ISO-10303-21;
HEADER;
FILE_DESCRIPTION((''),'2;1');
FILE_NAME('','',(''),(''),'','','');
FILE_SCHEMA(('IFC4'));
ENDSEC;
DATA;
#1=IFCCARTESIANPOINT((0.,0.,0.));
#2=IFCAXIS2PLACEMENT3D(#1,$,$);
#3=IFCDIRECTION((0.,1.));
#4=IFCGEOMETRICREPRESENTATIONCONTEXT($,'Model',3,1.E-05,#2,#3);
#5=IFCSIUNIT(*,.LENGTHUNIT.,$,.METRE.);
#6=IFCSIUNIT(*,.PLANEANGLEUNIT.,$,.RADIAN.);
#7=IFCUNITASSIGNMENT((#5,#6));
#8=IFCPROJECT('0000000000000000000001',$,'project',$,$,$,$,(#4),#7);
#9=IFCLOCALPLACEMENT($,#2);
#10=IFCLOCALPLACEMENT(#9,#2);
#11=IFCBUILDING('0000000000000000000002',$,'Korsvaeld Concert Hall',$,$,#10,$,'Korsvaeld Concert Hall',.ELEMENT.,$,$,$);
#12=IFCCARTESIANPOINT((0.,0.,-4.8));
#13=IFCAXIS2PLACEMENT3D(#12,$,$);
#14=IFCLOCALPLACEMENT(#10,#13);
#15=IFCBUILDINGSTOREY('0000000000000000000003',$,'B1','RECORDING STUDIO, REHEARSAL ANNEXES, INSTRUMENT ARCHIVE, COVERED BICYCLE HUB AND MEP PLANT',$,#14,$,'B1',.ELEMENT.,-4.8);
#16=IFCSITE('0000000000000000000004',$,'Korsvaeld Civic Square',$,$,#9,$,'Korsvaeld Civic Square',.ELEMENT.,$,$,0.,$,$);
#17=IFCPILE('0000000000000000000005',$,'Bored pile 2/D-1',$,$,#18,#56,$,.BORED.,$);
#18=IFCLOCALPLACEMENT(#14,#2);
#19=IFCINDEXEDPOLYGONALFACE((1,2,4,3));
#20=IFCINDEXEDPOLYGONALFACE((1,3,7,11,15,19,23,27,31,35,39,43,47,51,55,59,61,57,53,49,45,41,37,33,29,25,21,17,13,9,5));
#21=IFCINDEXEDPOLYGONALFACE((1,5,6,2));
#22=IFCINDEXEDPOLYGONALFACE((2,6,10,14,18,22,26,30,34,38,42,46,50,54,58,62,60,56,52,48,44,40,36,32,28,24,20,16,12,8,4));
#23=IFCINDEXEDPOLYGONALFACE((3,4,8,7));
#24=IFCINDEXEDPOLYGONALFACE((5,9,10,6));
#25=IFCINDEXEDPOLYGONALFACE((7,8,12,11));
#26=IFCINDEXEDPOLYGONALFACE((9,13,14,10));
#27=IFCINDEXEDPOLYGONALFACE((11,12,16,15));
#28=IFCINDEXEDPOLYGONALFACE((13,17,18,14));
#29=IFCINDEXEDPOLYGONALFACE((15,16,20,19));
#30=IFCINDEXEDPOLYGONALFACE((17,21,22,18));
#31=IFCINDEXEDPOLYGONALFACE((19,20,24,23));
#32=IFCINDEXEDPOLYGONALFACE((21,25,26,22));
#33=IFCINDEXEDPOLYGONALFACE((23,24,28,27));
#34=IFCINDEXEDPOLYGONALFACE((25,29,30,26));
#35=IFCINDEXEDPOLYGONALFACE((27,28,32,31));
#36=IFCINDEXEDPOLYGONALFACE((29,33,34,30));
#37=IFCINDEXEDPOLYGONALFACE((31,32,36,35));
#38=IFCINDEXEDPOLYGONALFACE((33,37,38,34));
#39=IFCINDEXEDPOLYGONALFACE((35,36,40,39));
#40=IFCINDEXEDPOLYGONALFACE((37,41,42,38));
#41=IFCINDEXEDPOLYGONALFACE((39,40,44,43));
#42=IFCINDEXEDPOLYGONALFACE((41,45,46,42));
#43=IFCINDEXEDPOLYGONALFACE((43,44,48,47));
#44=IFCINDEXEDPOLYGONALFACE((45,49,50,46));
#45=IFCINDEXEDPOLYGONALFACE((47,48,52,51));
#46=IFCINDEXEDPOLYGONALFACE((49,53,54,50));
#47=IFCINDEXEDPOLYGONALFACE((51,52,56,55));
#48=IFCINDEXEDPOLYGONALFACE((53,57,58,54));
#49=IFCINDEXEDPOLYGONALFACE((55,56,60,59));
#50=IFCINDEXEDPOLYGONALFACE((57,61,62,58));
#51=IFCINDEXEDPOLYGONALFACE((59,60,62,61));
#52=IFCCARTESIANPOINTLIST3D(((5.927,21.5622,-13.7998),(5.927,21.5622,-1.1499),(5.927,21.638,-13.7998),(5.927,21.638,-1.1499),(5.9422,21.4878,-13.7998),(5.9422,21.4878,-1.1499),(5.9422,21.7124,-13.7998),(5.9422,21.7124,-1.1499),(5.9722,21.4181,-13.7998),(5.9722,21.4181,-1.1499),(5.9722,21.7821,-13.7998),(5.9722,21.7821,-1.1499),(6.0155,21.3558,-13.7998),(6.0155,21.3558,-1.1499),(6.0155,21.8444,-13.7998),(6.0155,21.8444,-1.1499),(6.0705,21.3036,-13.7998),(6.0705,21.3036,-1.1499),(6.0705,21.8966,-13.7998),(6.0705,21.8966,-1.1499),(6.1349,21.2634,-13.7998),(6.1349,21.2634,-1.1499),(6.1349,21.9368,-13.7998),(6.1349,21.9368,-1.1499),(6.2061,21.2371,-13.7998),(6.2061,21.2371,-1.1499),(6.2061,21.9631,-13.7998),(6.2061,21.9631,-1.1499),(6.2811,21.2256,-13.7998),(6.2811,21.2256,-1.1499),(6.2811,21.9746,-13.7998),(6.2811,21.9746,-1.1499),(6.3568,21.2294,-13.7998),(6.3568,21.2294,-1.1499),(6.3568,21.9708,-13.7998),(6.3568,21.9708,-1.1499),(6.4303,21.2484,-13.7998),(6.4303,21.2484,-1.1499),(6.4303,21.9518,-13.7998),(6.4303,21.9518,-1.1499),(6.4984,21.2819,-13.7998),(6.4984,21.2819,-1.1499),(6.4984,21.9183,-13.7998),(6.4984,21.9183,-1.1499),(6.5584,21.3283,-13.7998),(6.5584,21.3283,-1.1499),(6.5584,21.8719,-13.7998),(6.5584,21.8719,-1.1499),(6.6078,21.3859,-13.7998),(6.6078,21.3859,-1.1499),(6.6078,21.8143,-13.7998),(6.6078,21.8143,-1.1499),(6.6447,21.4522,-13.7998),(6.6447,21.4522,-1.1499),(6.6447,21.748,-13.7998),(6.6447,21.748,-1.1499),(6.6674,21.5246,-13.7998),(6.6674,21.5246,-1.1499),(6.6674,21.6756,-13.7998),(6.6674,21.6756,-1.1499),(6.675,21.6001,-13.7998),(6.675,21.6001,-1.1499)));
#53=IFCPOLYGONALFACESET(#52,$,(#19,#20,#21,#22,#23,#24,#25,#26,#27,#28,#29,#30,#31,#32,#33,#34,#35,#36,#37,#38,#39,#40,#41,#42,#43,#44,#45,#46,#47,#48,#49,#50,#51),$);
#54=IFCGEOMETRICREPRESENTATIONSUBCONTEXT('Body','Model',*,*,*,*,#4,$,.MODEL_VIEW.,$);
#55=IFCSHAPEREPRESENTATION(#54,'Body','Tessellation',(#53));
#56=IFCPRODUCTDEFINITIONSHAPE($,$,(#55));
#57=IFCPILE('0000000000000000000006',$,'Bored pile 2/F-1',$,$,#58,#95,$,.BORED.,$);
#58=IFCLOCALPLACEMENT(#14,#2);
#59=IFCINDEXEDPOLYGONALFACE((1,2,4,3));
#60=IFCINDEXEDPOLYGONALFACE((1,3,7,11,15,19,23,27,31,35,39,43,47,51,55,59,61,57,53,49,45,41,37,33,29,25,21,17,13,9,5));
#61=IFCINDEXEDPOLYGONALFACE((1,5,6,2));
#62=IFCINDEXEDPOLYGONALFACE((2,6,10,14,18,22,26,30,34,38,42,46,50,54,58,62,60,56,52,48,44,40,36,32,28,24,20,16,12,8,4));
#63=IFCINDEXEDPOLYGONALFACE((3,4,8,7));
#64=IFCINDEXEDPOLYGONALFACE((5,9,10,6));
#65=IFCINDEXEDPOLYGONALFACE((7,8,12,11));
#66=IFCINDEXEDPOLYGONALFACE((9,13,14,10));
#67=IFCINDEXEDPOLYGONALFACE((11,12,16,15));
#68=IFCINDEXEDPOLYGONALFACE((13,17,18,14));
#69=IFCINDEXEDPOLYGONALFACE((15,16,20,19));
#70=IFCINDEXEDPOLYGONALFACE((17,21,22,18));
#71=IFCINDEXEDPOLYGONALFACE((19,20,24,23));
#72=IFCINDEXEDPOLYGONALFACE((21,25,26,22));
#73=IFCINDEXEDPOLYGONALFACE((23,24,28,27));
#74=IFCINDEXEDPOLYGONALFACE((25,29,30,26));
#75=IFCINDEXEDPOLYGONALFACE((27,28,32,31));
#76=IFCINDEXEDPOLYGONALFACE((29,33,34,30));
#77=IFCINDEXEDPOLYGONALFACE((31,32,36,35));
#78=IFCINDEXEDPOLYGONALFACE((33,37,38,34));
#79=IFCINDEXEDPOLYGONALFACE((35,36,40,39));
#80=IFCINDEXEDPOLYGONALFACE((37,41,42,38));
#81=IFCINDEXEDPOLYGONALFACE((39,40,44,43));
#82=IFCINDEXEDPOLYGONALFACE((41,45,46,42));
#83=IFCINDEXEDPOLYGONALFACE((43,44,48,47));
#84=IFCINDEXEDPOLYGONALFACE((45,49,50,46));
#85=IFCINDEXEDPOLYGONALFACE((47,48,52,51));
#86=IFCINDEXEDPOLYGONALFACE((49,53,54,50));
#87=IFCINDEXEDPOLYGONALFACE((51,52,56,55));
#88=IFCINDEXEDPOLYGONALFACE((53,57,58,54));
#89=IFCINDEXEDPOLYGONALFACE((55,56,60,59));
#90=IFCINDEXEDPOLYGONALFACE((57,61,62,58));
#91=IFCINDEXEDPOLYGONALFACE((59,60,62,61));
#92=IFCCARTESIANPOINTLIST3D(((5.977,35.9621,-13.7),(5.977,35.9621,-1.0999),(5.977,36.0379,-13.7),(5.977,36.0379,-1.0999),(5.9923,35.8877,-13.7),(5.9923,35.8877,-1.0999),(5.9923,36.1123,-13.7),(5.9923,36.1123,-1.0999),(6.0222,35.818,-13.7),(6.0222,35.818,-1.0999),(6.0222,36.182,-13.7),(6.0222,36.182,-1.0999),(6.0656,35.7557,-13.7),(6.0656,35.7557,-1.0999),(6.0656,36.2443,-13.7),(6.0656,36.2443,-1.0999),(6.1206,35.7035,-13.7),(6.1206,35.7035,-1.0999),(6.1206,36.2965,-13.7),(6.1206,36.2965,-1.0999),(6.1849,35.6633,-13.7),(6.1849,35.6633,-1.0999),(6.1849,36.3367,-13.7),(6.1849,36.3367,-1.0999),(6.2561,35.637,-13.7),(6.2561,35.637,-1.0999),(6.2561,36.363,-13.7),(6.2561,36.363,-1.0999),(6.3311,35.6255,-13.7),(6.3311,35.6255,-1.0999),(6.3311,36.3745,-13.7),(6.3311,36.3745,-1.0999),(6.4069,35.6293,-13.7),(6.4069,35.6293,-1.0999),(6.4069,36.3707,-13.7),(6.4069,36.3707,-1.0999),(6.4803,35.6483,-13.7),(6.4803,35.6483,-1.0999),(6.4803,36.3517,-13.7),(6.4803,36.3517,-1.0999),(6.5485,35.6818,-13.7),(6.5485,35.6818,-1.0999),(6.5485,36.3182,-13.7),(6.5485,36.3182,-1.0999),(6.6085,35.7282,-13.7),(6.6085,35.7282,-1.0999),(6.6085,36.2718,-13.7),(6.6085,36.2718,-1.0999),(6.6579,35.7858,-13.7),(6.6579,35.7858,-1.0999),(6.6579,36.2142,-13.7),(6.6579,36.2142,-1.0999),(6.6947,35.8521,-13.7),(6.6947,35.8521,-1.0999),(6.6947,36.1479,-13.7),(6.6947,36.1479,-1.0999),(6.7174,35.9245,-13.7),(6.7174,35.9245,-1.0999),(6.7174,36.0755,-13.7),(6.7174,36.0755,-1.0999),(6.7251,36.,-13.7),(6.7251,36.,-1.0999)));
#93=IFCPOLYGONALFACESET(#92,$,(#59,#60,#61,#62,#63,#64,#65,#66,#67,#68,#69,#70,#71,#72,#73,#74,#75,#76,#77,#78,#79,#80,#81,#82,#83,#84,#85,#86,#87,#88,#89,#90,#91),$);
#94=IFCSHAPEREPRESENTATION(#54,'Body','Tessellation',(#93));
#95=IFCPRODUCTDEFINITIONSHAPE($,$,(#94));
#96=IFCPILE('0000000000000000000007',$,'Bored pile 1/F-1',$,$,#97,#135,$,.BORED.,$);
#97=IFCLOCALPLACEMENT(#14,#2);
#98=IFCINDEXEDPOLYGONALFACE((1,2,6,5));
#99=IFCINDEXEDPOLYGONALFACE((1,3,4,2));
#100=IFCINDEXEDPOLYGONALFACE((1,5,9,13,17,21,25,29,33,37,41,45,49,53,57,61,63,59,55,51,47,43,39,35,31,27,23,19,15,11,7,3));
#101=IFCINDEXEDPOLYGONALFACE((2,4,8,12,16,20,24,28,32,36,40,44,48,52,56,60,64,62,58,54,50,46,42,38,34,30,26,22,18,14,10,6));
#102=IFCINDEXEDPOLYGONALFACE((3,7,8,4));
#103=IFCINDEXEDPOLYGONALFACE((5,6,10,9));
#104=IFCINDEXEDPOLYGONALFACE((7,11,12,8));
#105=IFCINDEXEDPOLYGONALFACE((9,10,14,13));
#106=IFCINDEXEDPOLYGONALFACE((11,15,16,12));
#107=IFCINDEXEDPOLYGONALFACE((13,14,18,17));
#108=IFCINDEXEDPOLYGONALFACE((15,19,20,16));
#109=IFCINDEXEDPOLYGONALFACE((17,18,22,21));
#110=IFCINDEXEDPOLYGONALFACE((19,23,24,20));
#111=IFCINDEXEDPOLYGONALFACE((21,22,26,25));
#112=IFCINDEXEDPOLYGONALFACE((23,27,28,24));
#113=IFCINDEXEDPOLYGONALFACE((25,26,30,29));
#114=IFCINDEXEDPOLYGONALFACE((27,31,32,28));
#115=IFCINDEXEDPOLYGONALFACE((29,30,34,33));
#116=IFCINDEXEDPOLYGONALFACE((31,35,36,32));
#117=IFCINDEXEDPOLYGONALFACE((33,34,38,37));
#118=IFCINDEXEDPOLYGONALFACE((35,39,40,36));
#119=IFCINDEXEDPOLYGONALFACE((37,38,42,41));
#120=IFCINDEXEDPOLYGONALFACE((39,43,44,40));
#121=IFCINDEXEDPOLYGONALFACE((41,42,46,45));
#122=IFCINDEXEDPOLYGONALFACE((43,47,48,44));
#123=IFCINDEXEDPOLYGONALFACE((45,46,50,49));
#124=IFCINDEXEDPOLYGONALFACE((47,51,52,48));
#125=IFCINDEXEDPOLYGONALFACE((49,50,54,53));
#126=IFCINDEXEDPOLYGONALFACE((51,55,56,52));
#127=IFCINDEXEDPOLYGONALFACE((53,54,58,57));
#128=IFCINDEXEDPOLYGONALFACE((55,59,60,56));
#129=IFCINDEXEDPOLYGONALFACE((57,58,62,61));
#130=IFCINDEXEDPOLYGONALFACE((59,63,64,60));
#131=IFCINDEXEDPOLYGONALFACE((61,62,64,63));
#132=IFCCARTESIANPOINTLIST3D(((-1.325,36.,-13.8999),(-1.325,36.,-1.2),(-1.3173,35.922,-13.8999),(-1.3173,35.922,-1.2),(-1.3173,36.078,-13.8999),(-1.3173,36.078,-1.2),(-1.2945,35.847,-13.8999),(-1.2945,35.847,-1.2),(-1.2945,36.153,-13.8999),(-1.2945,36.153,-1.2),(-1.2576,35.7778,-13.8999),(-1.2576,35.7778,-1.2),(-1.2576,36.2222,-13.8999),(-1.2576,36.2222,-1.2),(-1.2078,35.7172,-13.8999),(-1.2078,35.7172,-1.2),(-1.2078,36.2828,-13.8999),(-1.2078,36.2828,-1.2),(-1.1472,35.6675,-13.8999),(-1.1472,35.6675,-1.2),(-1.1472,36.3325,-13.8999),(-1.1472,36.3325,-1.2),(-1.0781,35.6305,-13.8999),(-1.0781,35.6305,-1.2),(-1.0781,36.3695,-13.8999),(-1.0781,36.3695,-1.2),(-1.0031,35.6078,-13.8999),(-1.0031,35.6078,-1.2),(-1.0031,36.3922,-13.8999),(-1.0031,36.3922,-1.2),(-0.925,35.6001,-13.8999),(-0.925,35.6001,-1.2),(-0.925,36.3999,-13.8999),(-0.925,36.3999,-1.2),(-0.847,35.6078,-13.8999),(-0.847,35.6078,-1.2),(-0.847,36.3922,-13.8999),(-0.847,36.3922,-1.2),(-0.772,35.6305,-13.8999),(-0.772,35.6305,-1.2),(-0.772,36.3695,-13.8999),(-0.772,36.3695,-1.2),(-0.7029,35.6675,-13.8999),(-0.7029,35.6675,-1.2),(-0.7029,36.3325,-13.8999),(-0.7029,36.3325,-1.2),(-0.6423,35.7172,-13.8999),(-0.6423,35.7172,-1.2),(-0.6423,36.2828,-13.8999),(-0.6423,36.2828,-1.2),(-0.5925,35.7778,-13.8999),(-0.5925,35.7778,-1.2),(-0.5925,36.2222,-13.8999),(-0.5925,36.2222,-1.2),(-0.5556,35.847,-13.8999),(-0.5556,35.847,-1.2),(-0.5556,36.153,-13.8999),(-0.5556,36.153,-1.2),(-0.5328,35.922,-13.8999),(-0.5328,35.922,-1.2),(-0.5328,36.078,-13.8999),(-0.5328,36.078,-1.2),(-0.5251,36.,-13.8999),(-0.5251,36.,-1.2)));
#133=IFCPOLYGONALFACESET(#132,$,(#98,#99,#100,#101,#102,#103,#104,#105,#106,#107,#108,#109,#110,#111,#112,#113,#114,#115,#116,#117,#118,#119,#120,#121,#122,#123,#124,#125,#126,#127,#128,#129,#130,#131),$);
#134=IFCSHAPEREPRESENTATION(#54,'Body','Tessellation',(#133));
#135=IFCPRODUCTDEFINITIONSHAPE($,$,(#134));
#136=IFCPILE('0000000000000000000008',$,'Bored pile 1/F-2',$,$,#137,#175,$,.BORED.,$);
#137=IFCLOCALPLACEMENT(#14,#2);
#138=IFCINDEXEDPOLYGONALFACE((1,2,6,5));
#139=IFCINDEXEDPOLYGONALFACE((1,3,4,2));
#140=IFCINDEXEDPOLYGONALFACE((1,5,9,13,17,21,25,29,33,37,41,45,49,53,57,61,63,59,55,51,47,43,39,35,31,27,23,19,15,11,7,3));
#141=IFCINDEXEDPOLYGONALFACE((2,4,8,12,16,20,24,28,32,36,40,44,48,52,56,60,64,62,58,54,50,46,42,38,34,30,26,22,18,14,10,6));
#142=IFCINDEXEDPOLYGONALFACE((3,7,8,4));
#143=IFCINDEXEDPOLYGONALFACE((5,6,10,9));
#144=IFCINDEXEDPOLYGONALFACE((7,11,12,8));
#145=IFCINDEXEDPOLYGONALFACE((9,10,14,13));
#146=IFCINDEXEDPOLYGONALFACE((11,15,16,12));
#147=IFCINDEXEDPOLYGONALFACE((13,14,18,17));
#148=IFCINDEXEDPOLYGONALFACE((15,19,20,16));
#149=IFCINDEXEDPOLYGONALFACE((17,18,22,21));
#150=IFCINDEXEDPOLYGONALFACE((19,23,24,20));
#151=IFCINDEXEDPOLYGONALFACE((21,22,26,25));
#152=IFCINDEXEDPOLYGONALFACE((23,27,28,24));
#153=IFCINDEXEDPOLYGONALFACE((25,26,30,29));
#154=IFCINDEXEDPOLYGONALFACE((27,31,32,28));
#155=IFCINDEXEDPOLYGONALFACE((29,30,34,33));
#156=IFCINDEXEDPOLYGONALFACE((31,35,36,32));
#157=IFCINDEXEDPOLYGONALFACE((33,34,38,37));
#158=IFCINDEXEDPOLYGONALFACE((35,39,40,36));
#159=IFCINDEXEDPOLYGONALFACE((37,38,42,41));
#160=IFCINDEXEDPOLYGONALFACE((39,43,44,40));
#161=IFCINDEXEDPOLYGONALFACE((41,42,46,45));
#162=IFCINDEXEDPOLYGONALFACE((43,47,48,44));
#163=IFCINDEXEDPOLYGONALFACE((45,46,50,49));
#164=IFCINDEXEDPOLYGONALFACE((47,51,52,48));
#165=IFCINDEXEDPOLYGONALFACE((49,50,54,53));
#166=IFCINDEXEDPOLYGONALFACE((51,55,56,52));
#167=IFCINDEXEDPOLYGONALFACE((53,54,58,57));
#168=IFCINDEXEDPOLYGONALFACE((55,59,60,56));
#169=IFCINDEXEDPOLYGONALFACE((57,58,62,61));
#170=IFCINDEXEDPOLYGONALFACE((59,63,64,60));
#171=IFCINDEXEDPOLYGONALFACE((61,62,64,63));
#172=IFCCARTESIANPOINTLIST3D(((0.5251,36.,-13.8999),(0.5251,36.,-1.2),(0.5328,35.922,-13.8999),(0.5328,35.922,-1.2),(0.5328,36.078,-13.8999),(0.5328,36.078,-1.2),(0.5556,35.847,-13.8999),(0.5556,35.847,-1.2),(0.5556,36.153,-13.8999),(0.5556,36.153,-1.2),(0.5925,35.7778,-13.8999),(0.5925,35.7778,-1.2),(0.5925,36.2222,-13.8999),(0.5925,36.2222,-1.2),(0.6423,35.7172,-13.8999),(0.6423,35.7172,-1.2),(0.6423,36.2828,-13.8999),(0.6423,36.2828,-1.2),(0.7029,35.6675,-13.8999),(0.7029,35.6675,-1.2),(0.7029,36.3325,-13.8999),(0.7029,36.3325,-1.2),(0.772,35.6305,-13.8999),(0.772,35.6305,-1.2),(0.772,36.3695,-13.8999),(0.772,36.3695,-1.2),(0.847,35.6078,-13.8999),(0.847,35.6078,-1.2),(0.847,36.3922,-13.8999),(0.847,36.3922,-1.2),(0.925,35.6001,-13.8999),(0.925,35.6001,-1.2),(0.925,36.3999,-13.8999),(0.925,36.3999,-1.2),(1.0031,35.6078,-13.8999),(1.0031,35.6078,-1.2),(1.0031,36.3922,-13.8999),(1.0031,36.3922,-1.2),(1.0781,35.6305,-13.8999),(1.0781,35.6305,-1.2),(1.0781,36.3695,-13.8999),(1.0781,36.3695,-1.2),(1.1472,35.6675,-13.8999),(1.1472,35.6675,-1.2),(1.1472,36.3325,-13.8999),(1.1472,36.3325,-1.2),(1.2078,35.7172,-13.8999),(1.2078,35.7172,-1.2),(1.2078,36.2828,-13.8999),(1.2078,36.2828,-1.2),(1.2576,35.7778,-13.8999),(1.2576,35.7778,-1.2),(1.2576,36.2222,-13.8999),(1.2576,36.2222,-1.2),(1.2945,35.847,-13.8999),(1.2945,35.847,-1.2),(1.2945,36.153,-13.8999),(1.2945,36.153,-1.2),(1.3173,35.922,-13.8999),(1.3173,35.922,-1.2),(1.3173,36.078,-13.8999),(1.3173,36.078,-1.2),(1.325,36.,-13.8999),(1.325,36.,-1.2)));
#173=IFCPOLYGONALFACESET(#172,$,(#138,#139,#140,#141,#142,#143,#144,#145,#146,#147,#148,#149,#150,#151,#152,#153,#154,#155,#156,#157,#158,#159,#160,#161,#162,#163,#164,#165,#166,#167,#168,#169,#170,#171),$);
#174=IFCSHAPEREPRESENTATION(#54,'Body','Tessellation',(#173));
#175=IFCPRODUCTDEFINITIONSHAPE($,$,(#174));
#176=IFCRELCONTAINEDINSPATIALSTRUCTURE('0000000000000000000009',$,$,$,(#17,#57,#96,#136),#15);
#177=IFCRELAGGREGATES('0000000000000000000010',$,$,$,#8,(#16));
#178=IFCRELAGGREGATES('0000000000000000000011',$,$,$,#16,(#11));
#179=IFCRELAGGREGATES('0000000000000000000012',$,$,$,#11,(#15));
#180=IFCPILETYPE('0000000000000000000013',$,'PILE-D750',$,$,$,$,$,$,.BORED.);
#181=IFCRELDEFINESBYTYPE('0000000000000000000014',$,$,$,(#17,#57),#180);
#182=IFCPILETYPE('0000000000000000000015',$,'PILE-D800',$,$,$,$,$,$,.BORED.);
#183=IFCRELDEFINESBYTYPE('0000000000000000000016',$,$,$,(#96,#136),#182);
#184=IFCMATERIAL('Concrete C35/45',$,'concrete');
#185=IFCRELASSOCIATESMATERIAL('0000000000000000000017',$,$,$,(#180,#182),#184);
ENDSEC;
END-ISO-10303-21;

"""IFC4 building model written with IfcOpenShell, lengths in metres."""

from ifc_helpers import new_model, si_unit, direction, frame, origin, origin_2d, place, context, subcontext, project, spatial, circle, extrude, material, material_profile, profile_set, type_object, element, save


model = new_model("IFC4")

# Units and contexts
model_context = context("Model", 3, precision=1e-05, world=origin(), true_north=direction((0.0, 1.0)))
body_context = subcontext(model_context, "Body", "Model", "MODEL_VIEW")
ifc_project = project(units=[si_unit("LENGTHUNIT", "METRE"), si_unit("PLANEANGLEUNIT", "RADIAN")], contexts=[model_context])

# Site, building, storey
site_placement = place(None, origin())
site = spatial("IfcSite", under=ifc_project, at=site_placement, Name="Korsvaeld Civic Square", LongName="Korsvaeld Civic Square", CompositionType="ELEMENT", RefElevation=0.0)
building_placement = place(site_placement, origin())
building = spatial("IfcBuilding", under=site, at=building_placement, Name="Korsvaeld Concert Hall", LongName="Korsvaeld Concert Hall", CompositionType="ELEMENT")
storey_placement = place(building_placement, frame((0.0, 0.0, -4.8)))
storey = spatial("IfcBuildingStorey", under=building, at=storey_placement, Name="B1", Description="RECORDING STUDIO, REHEARSAL ANNEXES, INSTRUMENT ARCHIVE, COVERED BICYCLE HUB AND MEP PLANT", LongName="B1", CompositionType="ELEMENT", Elevation=-4.8)

# Shared definitions
ifc_material_1 = material(Name="Concrete C35/45", Category="concrete")

# Piles
ifc_material_profile_1 = material_profile(ifc_material_1, circle(Radius=0.375, at=origin_2d()), Name="BORED PILE D750")
ifc_profile_set_1 = profile_set([ifc_material_profile_1], Name="Concrete C35/45")
pile_type_1 = type_object("IfcPileType", Name="PILE-D750", PredefinedType="BORED", material=ifc_profile_set_1)
for number, where, z_axis, x_axis, name in (
    (1, (6.3, 21.6001, -1.1499), (0.0, 0.0, -1.0), (1.0, 0.0, 0.0), "Bored pile 2/D-1"),
):
    element("IfcPile", number, at=place(storey_placement, frame(where, z_axis=z_axis, x_axis=x_axis)), inside=storey, type_object=pile_type_1, Name=name, PredefinedType="BORED", context=body_context, shape_type="SweptSolid", body=[
        extrude(circle(Radius=0.375, at=origin_2d()), origin(), (0.0, 0.0, 1.0), 12.6499),
    ])
pile_placement = place(storey_placement, frame((6.3501, 36.0, -1.0999), z_axis=(0.0, 0.0, -1.0), x_axis=(1.0, 0.0, 0.0)))
element("IfcPile", 2, at=pile_placement, inside=storey, type_object=pile_type_1, Name="Bored pile 2/F-1", PredefinedType="BORED", context=body_context, shape_type="SweptSolid", body=[
    extrude(circle(Radius=0.375, at=origin_2d()), origin(), (0.0, 0.0, 1.0), 12.6001),
])
ifc_material_profile_2 = material_profile(ifc_material_1, circle(Radius=0.3999, at=origin_2d()), Name="BORED PILE D800")
ifc_profile_set_2 = profile_set([ifc_material_profile_2], Name="Concrete C35/45")
pile_type_2 = type_object("IfcPileType", Name="PILE-D800", PredefinedType="BORED", material=ifc_profile_set_2)
for number, where, z_axis, x_axis, name in (
    (3, (-0.925, 36.0, -1.2), (0.0, 0.0, -1.0), (1.0, 0.0, 0.0), "Bored pile 1/F-1"),
    (4, (0.925, 36.0, -1.2), (0.0, 0.0, -1.0), (1.0, 0.0, 0.0), "Bored pile 1/F-2"),
):
    element("IfcPile", number, at=place(storey_placement, frame(where, z_axis=z_axis, x_axis=x_axis)), inside=storey, type_object=pile_type_2, Name=name, PredefinedType="BORED", context=body_context, shape_type="SweptSolid", body=[
        extrude(circle(Radius=0.3999, at=origin_2d()), origin(), (0.0, 0.0, 1.0), 12.7),
    ])

save(model, "model.ifc")
